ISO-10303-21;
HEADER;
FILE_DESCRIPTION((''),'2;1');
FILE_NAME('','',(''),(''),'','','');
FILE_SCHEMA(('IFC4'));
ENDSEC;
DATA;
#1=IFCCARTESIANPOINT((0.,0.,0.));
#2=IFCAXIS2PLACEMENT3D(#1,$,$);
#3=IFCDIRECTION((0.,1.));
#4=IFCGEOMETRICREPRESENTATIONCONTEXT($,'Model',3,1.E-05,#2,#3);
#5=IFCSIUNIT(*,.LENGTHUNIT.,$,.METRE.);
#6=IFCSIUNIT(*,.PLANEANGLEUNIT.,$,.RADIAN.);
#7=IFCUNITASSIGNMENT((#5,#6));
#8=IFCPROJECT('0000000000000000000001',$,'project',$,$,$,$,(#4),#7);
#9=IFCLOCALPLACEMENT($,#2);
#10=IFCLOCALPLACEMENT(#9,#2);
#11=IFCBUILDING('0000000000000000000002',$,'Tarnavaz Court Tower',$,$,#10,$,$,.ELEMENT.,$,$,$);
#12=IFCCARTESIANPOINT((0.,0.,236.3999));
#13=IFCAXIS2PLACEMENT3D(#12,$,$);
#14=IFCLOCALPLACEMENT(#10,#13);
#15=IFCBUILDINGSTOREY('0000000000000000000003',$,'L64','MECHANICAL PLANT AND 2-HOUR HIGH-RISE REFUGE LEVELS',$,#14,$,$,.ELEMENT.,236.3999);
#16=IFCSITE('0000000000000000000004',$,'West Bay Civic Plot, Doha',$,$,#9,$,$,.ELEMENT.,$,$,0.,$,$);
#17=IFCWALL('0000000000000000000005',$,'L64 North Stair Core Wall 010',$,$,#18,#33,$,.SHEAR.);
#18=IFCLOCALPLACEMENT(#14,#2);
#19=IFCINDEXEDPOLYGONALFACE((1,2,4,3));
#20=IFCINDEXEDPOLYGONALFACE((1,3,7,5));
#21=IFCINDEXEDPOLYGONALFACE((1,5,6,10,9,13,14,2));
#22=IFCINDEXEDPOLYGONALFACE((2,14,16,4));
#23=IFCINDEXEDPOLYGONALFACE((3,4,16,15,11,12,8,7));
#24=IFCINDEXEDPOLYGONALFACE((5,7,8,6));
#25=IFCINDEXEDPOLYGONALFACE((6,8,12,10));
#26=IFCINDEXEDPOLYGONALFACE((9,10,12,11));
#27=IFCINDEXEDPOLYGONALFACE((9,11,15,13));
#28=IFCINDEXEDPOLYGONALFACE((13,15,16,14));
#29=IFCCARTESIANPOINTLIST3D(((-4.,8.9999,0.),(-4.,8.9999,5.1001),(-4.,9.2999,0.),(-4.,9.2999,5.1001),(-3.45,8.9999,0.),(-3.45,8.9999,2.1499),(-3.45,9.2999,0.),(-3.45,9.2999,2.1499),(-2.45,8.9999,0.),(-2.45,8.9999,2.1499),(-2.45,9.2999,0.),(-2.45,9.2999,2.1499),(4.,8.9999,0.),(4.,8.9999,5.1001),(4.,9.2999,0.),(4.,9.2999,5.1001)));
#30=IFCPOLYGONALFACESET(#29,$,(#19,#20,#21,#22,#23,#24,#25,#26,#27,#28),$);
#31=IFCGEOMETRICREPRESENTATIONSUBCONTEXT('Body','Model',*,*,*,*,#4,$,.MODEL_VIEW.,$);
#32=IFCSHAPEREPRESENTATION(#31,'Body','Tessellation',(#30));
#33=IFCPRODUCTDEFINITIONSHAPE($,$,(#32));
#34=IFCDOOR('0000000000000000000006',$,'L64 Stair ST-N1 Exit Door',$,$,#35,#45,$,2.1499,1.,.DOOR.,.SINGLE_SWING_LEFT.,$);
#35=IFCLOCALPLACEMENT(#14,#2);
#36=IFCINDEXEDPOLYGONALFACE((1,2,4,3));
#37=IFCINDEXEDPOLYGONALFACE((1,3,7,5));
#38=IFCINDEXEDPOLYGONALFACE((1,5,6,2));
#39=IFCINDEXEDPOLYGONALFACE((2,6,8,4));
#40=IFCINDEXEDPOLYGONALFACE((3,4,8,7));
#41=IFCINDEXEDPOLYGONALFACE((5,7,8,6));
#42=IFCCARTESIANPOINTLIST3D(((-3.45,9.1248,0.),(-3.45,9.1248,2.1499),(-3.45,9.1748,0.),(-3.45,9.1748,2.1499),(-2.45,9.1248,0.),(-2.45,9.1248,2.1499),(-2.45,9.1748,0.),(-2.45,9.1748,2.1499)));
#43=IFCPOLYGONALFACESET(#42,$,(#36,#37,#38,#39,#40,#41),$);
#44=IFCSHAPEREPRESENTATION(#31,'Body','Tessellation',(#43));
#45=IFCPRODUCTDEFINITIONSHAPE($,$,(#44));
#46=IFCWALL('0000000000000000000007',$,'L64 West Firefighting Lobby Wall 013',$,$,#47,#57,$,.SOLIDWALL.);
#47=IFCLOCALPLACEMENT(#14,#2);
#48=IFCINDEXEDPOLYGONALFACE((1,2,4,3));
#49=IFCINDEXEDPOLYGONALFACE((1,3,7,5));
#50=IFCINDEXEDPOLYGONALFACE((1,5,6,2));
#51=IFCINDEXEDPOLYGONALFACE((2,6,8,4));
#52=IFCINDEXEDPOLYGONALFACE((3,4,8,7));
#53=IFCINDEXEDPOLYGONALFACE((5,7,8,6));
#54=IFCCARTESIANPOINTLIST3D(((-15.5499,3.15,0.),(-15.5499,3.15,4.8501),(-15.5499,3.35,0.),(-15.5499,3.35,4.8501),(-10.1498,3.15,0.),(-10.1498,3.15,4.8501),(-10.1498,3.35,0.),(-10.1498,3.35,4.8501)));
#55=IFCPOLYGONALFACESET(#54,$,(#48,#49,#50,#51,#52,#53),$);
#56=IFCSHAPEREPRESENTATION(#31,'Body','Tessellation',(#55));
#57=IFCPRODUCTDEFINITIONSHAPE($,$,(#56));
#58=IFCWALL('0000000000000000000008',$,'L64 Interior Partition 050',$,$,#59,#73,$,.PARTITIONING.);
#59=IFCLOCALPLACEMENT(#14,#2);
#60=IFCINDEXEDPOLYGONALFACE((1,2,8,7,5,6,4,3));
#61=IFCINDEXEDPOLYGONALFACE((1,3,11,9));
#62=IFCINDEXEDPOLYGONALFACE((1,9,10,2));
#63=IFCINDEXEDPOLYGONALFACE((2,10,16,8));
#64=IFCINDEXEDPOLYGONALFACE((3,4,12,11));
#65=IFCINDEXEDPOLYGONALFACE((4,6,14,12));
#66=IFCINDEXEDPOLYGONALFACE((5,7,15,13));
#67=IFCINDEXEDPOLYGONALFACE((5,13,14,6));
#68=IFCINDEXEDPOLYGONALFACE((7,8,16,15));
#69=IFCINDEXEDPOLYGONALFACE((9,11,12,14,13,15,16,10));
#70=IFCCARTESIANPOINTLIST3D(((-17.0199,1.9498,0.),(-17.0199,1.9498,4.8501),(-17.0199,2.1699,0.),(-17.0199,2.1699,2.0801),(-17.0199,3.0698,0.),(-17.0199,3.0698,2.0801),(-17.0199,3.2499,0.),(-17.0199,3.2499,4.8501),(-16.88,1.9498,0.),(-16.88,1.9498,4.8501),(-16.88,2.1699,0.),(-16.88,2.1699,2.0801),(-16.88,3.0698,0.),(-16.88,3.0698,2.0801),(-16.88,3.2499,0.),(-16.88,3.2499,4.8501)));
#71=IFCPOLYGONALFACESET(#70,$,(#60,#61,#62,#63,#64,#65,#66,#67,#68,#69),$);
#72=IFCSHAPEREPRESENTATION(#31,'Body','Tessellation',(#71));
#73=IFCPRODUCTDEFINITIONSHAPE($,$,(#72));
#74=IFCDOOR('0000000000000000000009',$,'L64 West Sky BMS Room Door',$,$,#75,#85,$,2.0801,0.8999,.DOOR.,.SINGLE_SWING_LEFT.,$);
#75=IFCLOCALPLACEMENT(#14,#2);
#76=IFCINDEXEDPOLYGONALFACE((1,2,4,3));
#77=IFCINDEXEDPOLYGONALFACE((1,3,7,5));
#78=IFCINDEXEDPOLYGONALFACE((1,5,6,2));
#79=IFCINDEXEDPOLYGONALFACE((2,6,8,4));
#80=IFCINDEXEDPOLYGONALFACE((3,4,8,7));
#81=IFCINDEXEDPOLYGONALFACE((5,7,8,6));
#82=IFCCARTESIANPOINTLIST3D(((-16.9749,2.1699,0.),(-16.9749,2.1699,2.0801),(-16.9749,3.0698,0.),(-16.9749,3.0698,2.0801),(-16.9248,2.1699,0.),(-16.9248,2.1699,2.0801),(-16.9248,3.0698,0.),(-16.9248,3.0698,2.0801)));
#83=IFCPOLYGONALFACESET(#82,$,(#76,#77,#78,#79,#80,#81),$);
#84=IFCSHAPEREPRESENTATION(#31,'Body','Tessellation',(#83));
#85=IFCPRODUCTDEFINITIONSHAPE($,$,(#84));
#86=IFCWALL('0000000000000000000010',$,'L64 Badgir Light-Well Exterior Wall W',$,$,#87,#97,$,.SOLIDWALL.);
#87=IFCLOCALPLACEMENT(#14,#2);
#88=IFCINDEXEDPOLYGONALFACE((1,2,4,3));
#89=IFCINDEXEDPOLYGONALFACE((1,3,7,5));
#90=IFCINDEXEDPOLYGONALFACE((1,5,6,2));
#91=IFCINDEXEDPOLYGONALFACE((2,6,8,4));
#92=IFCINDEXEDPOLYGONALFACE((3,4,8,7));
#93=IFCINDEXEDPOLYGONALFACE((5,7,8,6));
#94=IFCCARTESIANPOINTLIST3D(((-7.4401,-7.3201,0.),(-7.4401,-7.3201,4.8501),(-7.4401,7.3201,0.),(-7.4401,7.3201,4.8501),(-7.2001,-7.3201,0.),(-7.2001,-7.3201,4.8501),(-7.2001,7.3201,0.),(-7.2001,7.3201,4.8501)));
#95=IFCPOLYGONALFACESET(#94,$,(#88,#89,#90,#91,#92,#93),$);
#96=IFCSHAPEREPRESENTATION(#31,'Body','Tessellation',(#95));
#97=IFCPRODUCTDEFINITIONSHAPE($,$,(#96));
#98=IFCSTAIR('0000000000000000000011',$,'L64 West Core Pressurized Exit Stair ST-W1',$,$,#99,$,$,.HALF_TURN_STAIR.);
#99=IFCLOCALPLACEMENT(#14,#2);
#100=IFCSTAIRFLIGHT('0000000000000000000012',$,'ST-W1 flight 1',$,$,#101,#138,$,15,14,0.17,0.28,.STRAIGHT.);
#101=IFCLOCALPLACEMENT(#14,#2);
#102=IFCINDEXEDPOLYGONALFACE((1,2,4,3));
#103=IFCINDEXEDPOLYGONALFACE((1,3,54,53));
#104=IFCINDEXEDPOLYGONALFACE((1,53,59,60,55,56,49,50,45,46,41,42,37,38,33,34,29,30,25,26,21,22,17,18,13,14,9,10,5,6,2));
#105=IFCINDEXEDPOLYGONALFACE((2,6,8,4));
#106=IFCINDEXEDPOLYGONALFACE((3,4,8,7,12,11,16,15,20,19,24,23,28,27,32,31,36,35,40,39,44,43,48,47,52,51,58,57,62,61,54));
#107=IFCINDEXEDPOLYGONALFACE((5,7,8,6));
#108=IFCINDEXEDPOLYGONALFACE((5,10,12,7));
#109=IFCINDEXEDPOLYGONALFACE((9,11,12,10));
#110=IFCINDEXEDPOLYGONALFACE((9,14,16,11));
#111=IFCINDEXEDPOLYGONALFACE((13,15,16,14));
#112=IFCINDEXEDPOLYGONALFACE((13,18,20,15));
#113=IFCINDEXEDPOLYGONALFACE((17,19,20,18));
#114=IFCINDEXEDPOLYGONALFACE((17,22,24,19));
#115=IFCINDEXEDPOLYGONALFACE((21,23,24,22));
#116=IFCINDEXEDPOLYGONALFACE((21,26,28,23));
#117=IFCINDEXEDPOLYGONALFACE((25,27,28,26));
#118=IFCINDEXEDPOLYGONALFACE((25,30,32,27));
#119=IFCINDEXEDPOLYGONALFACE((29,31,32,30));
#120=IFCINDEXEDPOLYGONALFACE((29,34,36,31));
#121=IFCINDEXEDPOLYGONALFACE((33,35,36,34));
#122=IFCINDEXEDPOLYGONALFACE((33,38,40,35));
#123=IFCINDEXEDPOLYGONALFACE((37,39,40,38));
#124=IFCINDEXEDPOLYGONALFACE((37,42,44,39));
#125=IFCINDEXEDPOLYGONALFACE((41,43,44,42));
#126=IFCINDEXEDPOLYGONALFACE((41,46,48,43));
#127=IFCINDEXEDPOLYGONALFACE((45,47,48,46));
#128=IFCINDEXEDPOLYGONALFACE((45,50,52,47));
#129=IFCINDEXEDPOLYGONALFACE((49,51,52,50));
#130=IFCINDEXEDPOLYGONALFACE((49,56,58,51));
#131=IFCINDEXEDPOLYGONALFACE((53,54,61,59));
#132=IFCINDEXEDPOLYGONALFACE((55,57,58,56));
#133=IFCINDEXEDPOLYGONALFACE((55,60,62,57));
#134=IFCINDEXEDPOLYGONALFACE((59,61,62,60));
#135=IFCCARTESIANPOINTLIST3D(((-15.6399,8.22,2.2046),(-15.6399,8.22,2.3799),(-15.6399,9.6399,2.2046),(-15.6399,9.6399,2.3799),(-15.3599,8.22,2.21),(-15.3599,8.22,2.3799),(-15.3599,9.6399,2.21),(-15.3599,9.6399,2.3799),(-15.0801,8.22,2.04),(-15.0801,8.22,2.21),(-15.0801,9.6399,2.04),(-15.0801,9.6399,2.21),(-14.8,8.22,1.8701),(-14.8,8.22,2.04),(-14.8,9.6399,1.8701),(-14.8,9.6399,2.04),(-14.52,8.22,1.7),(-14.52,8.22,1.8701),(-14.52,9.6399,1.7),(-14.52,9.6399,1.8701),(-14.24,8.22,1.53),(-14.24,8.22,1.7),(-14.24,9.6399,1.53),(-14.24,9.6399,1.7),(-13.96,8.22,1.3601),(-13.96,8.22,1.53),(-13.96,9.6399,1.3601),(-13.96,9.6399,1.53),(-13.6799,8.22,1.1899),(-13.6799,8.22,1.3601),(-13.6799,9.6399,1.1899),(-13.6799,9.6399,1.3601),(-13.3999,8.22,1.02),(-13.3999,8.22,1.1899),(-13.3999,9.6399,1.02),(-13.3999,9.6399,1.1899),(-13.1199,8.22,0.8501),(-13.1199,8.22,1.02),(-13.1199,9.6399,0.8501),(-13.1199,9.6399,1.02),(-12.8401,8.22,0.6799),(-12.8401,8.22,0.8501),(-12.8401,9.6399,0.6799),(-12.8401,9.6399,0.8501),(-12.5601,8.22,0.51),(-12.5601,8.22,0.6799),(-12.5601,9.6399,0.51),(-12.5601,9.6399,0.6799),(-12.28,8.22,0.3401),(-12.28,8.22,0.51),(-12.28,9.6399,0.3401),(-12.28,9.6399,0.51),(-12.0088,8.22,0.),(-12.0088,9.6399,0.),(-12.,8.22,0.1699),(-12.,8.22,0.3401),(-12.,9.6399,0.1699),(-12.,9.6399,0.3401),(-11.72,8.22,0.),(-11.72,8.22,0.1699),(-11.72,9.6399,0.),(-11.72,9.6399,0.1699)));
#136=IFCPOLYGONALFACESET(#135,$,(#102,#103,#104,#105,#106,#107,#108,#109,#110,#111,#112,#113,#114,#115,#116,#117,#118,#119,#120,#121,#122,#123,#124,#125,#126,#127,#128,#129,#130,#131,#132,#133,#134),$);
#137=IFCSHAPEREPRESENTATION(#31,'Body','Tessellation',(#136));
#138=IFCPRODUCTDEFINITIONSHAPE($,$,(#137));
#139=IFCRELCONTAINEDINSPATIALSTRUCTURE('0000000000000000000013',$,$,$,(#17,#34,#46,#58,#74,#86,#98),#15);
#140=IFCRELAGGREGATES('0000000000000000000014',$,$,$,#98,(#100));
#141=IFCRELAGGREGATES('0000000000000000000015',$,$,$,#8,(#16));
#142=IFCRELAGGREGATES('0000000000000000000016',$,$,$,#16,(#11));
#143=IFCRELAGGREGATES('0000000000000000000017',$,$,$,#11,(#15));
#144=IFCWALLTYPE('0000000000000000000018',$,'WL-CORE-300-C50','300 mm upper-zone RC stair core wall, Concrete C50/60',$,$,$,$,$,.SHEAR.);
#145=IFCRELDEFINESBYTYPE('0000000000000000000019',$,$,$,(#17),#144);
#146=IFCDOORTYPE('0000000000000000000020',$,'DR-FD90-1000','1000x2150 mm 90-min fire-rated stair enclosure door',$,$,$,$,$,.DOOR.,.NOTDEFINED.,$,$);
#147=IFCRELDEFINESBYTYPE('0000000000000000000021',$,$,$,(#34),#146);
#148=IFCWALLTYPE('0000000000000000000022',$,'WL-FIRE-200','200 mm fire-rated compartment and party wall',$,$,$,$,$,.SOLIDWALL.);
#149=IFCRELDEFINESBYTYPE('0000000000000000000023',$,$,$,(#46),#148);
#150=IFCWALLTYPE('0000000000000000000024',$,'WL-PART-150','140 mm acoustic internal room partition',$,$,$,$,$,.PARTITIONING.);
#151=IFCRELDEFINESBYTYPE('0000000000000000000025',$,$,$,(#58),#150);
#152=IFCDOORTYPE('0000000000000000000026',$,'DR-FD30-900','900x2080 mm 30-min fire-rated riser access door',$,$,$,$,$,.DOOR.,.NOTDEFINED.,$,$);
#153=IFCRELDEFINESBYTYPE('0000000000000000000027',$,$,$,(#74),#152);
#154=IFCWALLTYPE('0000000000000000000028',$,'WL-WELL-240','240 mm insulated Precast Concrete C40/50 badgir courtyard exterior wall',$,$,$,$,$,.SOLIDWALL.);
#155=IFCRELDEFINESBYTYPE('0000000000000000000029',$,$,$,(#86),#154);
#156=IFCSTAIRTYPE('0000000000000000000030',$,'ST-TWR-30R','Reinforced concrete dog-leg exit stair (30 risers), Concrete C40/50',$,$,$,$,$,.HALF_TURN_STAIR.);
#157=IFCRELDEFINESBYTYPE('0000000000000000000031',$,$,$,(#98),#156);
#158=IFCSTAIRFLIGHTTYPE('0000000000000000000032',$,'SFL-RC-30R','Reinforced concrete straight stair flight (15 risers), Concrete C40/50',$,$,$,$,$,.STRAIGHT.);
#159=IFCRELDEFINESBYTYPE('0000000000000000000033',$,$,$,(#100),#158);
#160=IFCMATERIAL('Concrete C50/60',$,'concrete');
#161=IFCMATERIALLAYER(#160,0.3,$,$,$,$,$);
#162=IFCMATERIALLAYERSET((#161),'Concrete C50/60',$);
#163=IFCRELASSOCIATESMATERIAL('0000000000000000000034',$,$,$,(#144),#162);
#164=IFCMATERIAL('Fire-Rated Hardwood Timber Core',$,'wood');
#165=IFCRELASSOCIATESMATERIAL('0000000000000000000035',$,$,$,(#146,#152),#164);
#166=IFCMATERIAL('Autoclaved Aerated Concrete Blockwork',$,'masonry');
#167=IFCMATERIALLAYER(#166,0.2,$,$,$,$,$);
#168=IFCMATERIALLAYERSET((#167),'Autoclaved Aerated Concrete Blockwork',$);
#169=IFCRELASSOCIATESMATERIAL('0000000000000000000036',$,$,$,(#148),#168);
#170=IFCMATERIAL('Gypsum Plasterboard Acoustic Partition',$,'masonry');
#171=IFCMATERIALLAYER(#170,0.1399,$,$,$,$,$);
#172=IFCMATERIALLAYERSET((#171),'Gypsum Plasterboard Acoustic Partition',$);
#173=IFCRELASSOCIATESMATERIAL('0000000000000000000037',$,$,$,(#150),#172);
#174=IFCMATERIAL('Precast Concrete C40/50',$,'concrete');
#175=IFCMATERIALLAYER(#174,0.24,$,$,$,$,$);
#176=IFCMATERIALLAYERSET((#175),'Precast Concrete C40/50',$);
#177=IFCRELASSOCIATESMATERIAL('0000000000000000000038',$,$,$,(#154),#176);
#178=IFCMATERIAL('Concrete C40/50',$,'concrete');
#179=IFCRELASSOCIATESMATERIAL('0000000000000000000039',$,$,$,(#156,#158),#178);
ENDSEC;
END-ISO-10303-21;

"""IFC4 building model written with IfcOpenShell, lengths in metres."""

from ifc_helpers import new_model, si_unit, direction, frame, frame_2d, origin, place, context, subcontext, project, spatial, polyline, rectangle, outline, extrude, material, layer, layer_set, type_object, element, fill, aggregate, save


model = new_model("IFC4")

# Units and contexts
model_context = context("Model", 3, precision=1e-05, world=origin(), true_north=direction((0.0, 1.0)))
body_context = subcontext(model_context, "Body", "Model", "MODEL_VIEW")
ifc_project = project(units=[si_unit("LENGTHUNIT", "METRE"), si_unit("PLANEANGLEUNIT", "RADIAN")], contexts=[model_context])

# Site, building, storey
site_placement = place(None, origin())
site = spatial("IfcSite", under=ifc_project, at=site_placement, Name="West Bay Civic Plot, Doha", CompositionType="ELEMENT", RefElevation=0.0)
building_placement = place(site_placement, origin())
building = spatial("IfcBuilding", under=site, at=building_placement, Name="Tarnavaz Court Tower", CompositionType="ELEMENT")
storey_placement = place(building_placement, frame((0.0, 0.0, 236.3999)))
storey = spatial("IfcBuildingStorey", under=building, at=storey_placement, Name="L64", Description="MECHANICAL PLANT AND 2-HOUR HIGH-RISE REFUGE LEVELS", CompositionType="ELEMENT", Elevation=236.3999)

# Shared definitions
ifc_material_1 = material(Name="Concrete C50/60", Category="concrete")

# Shared definitions
ifc_layer_1 = layer(ifc_material_1, 0.3)
ifc_layer_set_1 = layer_set([ifc_layer_1], Name="Concrete C50/60")
wall_type_1 = type_object("IfcWallType", Name="WL-CORE-300-C50", Description="300 mm upper-zone RC stair core wall, Concrete C50/60", PredefinedType="SHEAR", material=ifc_layer_set_1)

# Wall, opening, door
wall_1_placement = place(storey_placement, frame((-4.0, 9.1499, 0.0), z_axis=(0.0, 0.0, 1.0), x_axis=(1.0, 0.0, 0.0)))
wall_1 = element("IfcWall", 1, at=wall_1_placement, inside=storey, type_object=wall_type_1, Name="L64 North Stair Core Wall 010", PredefinedType="SHEAR", context=body_context, shape_type="SweptSolid", body=[
    extrude(rectangle(XDim=8.0, YDim=0.3, at=frame_2d((4.0, 0.0))), origin(), (0.0, 0.0, 1.0), 5.1001),
])
opening_1_placement = place(wall_1_placement, frame((0.55, 0.0, 0.0)))
opening_1 = element("IfcOpeningElement", 2, at=opening_1_placement, cuts=wall_1, PredefinedType="OPENING", context=body_context, shape_type="SweptSolid", body=[
    extrude(rectangle(XDim=1.0, YDim=2.1499, at=frame_2d((0.5, 1.075))), frame((0.0, 0.1599, 0.0), z_axis=(0.0, -1.0, 0.0), x_axis=(1.0, 0.0, 0.0)), (0.0, 0.0, 1.0), 0.3201),
])
ifc_material_2 = material(Name="Fire-Rated Hardwood Timber Core", Category="wood")
door_type_1 = type_object("IfcDoorType", Name="DR-FD90-1000", Description="1000x2150 mm 90-min fire-rated stair enclosure door", OperationType="NOTDEFINED", PredefinedType="DOOR", material=ifc_material_2)
door_1_placement = place(opening_1_placement, origin())
door_1 = element("IfcDoor", 3, at=door_1_placement, inside=storey, type_object=door_type_1, Name="L64 Stair ST-N1 Exit Door", OperationType="SINGLE_SWING_LEFT", OverallHeight=2.1499, OverallWidth=1.0, PredefinedType="DOOR", context=body_context, shape_type="SweptSolid", body=[
    extrude(rectangle(XDim=1.0, YDim=2.1499, at=frame_2d((0.5, 1.075))), frame((0.0, 0.0249, 0.0), z_axis=(0.0, -1.0, 0.0), x_axis=(1.0, 0.0, 0.0)), (0.0, 0.0, 1.0), 0.05),
])
fill(opening_1, door_1)

# Wall
ifc_material_3 = material(Name="Autoclaved Aerated Concrete Blockwork", Category="masonry")
ifc_layer_2 = layer(ifc_material_3, 0.2)
ifc_layer_set_2 = layer_set([ifc_layer_2], Name="Autoclaved Aerated Concrete Blockwork")
wall_type_2 = type_object("IfcWallType", Name="WL-FIRE-200", Description="200 mm fire-rated compartment and party wall", PredefinedType="SOLIDWALL", material=ifc_layer_set_2)
wall_2_placement = place(storey_placement, frame((-15.55, 3.25, 0.0), z_axis=(0.0, 0.0, 1.0), x_axis=(1.0, 0.0, 0.0)))
element("IfcWall", 4, at=wall_2_placement, inside=storey, type_object=wall_type_2, Name="L64 West Firefighting Lobby Wall 013", PredefinedType="SOLIDWALL", context=body_context, shape_type="SweptSolid", body=[
    extrude(rectangle(XDim=5.4001, YDim=0.2, at=frame_2d((2.7002, 0.0))), origin(), (0.0, 0.0, 1.0), 4.8501),
])

# Wall, opening, door
ifc_material_4 = material(Name="Gypsum Plasterboard Acoustic Partition", Category="masonry")
ifc_layer_3 = layer(ifc_material_4, 0.1399)
ifc_layer_set_3 = layer_set([ifc_layer_3], Name="Gypsum Plasterboard Acoustic Partition")
wall_type_3 = type_object("IfcWallType", Name="WL-PART-150", Description="140 mm acoustic internal room partition", PredefinedType="PARTITIONING", material=ifc_layer_set_3)
wall_3_placement = place(storey_placement, frame((-16.95, 1.95, 0.0), z_axis=(0.0, 0.0, 1.0), x_axis=(0.0, 1.0, 0.0)))
wall_3 = element("IfcWall", 5, at=wall_3_placement, inside=storey, type_object=wall_type_3, Name="L64 Interior Partition 050", PredefinedType="PARTITIONING", context=body_context, shape_type="SweptSolid", body=[
    extrude(rectangle(XDim=1.3, YDim=0.1399, at=frame_2d((0.6499, 0.0))), origin(), (0.0, 0.0, 1.0), 4.8501),
])
opening_2_placement = place(wall_3_placement, frame((0.22, 0.0, 0.0)))
opening_2 = element("IfcOpeningElement", 6, at=opening_2_placement, cuts=wall_3, PredefinedType="OPENING", context=body_context, shape_type="SweptSolid", body=[
    extrude(rectangle(XDim=0.8999, YDim=2.0801, at=frame_2d((0.45, 1.04))), frame((0.0, 0.0798, 0.0), z_axis=(0.0, -1.0, 0.0), x_axis=(1.0, 0.0, 0.0)), (0.0, 0.0, 1.0), 0.1599),
])
door_type_2 = type_object("IfcDoorType", Name="DR-FD30-900", Description="900x2080 mm 30-min fire-rated riser access door", OperationType="NOTDEFINED", PredefinedType="DOOR", material=ifc_material_2)
door_2_placement = place(opening_2_placement, origin())
door_2 = element("IfcDoor", 7, at=door_2_placement, inside=storey, type_object=door_type_2, Name="L64 West Sky BMS Room Door", OperationType="SINGLE_SWING_LEFT", OverallHeight=2.0801, OverallWidth=0.8999, PredefinedType="DOOR", context=body_context, shape_type="SweptSolid", body=[
    extrude(rectangle(XDim=0.8999, YDim=2.0801, at=frame_2d((0.45, 1.04))), frame((0.0, 0.0249, 0.0), z_axis=(0.0, -1.0, 0.0), x_axis=(1.0, 0.0, 0.0)), (0.0, 0.0, 1.0), 0.05),
])
fill(opening_2, door_2)

# Wall
ifc_material_5 = material(Name="Precast Concrete C40/50", Category="concrete")
ifc_layer_4 = layer(ifc_material_5, 0.24)
ifc_layer_set_4 = layer_set([ifc_layer_4], Name="Precast Concrete C40/50")
wall_type_4 = type_object("IfcWallType", Name="WL-WELL-240", Description="240 mm insulated Precast Concrete C40/50 badgir courtyard exterior wall", PredefinedType="SOLIDWALL", material=ifc_layer_set_4)
wall_4_placement = place(storey_placement, frame((-7.3201, 7.3201, 0.0), z_axis=(0.0, 0.0, 1.0), x_axis=(0.0, -1.0, 0.0)))
element("IfcWall", 8, at=wall_4_placement, inside=storey, type_object=wall_type_4, Name="L64 Badgir Light-Well Exterior Wall W", PredefinedType="SOLIDWALL", context=body_context, shape_type="SweptSolid", body=[
    extrude(rectangle(XDim=14.6401, YDim=0.24, at=frame_2d((7.3201, 0.0))), origin(), (0.0, 0.0, 1.0), 4.8501),
])

# Stair, stair flight
ifc_material_6 = material(Name="Concrete C40/50", Category="concrete")
stair_type = type_object("IfcStairType", Name="ST-TWR-30R", Description="Reinforced concrete dog-leg exit stair (30 risers), Concrete C40/50", PredefinedType="HALF_TURN_STAIR", material=ifc_material_6)
stair_placement = place(storey_placement, origin())
stair = element("IfcStair", 9, at=stair_placement, inside=storey, type_object=stair_type, Name="L64 West Core Pressurized Exit Stair ST-W1", PredefinedType="HALF_TURN_STAIR")
stair_flight_type = type_object("IfcStairFlightType", Name="SFL-RC-30R", Description="Reinforced concrete straight stair flight (15 risers), Concrete C40/50", PredefinedType="STRAIGHT", material=ifc_material_6)
stair_flight_1_placement = place(storey_placement, frame((-11.72, 8.9299, 0.0), z_axis=(0.0, 0.0, 1.0), x_axis=(-1.0, 0.0, 0.0)))
stair_flight_1 = element("IfcStairFlight", 10, at=stair_flight_1_placement, type_object=stair_flight_type, Name="ST-W1 flight 1", NumberOfRisers=15, NumberOfTreads=14, PredefinedType="STRAIGHT", RiserHeight=0.17, TreadLength=0.28, context=body_context, shape_type="SweptSolid", body=[
    extrude(outline(polyline([(0.0, 0.0), (0.0, 0.1699), (0.28, 0.1699), (0.28, 0.3401), (0.5601, 0.3401), (0.5601, 0.51), (0.8401, 0.51), (0.8401, 0.6799), (1.1201, 0.6799), (1.1201, 0.8501), (1.3999, 0.8501), (1.3999, 1.02), (1.6799, 1.02), (1.6799, 1.1899), (1.96, 1.1899), (1.96, 1.3601), (2.24, 1.3601), (2.24, 1.53), (2.52, 1.53), (2.52, 1.7), (2.8, 1.7), (2.8, 1.8701), (3.0801, 1.8701), (3.0801, 2.04), (3.3601, 2.04), (3.3601, 2.21), (3.6399, 2.21), (3.6399, 2.3799), (3.9199, 2.3799), (3.9199, 2.55), (3.9199, 2.2046), (0.2888, 0.0), (0.0, 0.0)])), frame((0.0, 0.71, 0.0), z_axis=(0.0, -1.0, 0.0), x_axis=(1.0, 0.0, 0.0)), (0.0, 0.0, 1.0), 1.4199),
])
aggregate(stair, [stair_flight_1])

save(model, "model.ifc")
